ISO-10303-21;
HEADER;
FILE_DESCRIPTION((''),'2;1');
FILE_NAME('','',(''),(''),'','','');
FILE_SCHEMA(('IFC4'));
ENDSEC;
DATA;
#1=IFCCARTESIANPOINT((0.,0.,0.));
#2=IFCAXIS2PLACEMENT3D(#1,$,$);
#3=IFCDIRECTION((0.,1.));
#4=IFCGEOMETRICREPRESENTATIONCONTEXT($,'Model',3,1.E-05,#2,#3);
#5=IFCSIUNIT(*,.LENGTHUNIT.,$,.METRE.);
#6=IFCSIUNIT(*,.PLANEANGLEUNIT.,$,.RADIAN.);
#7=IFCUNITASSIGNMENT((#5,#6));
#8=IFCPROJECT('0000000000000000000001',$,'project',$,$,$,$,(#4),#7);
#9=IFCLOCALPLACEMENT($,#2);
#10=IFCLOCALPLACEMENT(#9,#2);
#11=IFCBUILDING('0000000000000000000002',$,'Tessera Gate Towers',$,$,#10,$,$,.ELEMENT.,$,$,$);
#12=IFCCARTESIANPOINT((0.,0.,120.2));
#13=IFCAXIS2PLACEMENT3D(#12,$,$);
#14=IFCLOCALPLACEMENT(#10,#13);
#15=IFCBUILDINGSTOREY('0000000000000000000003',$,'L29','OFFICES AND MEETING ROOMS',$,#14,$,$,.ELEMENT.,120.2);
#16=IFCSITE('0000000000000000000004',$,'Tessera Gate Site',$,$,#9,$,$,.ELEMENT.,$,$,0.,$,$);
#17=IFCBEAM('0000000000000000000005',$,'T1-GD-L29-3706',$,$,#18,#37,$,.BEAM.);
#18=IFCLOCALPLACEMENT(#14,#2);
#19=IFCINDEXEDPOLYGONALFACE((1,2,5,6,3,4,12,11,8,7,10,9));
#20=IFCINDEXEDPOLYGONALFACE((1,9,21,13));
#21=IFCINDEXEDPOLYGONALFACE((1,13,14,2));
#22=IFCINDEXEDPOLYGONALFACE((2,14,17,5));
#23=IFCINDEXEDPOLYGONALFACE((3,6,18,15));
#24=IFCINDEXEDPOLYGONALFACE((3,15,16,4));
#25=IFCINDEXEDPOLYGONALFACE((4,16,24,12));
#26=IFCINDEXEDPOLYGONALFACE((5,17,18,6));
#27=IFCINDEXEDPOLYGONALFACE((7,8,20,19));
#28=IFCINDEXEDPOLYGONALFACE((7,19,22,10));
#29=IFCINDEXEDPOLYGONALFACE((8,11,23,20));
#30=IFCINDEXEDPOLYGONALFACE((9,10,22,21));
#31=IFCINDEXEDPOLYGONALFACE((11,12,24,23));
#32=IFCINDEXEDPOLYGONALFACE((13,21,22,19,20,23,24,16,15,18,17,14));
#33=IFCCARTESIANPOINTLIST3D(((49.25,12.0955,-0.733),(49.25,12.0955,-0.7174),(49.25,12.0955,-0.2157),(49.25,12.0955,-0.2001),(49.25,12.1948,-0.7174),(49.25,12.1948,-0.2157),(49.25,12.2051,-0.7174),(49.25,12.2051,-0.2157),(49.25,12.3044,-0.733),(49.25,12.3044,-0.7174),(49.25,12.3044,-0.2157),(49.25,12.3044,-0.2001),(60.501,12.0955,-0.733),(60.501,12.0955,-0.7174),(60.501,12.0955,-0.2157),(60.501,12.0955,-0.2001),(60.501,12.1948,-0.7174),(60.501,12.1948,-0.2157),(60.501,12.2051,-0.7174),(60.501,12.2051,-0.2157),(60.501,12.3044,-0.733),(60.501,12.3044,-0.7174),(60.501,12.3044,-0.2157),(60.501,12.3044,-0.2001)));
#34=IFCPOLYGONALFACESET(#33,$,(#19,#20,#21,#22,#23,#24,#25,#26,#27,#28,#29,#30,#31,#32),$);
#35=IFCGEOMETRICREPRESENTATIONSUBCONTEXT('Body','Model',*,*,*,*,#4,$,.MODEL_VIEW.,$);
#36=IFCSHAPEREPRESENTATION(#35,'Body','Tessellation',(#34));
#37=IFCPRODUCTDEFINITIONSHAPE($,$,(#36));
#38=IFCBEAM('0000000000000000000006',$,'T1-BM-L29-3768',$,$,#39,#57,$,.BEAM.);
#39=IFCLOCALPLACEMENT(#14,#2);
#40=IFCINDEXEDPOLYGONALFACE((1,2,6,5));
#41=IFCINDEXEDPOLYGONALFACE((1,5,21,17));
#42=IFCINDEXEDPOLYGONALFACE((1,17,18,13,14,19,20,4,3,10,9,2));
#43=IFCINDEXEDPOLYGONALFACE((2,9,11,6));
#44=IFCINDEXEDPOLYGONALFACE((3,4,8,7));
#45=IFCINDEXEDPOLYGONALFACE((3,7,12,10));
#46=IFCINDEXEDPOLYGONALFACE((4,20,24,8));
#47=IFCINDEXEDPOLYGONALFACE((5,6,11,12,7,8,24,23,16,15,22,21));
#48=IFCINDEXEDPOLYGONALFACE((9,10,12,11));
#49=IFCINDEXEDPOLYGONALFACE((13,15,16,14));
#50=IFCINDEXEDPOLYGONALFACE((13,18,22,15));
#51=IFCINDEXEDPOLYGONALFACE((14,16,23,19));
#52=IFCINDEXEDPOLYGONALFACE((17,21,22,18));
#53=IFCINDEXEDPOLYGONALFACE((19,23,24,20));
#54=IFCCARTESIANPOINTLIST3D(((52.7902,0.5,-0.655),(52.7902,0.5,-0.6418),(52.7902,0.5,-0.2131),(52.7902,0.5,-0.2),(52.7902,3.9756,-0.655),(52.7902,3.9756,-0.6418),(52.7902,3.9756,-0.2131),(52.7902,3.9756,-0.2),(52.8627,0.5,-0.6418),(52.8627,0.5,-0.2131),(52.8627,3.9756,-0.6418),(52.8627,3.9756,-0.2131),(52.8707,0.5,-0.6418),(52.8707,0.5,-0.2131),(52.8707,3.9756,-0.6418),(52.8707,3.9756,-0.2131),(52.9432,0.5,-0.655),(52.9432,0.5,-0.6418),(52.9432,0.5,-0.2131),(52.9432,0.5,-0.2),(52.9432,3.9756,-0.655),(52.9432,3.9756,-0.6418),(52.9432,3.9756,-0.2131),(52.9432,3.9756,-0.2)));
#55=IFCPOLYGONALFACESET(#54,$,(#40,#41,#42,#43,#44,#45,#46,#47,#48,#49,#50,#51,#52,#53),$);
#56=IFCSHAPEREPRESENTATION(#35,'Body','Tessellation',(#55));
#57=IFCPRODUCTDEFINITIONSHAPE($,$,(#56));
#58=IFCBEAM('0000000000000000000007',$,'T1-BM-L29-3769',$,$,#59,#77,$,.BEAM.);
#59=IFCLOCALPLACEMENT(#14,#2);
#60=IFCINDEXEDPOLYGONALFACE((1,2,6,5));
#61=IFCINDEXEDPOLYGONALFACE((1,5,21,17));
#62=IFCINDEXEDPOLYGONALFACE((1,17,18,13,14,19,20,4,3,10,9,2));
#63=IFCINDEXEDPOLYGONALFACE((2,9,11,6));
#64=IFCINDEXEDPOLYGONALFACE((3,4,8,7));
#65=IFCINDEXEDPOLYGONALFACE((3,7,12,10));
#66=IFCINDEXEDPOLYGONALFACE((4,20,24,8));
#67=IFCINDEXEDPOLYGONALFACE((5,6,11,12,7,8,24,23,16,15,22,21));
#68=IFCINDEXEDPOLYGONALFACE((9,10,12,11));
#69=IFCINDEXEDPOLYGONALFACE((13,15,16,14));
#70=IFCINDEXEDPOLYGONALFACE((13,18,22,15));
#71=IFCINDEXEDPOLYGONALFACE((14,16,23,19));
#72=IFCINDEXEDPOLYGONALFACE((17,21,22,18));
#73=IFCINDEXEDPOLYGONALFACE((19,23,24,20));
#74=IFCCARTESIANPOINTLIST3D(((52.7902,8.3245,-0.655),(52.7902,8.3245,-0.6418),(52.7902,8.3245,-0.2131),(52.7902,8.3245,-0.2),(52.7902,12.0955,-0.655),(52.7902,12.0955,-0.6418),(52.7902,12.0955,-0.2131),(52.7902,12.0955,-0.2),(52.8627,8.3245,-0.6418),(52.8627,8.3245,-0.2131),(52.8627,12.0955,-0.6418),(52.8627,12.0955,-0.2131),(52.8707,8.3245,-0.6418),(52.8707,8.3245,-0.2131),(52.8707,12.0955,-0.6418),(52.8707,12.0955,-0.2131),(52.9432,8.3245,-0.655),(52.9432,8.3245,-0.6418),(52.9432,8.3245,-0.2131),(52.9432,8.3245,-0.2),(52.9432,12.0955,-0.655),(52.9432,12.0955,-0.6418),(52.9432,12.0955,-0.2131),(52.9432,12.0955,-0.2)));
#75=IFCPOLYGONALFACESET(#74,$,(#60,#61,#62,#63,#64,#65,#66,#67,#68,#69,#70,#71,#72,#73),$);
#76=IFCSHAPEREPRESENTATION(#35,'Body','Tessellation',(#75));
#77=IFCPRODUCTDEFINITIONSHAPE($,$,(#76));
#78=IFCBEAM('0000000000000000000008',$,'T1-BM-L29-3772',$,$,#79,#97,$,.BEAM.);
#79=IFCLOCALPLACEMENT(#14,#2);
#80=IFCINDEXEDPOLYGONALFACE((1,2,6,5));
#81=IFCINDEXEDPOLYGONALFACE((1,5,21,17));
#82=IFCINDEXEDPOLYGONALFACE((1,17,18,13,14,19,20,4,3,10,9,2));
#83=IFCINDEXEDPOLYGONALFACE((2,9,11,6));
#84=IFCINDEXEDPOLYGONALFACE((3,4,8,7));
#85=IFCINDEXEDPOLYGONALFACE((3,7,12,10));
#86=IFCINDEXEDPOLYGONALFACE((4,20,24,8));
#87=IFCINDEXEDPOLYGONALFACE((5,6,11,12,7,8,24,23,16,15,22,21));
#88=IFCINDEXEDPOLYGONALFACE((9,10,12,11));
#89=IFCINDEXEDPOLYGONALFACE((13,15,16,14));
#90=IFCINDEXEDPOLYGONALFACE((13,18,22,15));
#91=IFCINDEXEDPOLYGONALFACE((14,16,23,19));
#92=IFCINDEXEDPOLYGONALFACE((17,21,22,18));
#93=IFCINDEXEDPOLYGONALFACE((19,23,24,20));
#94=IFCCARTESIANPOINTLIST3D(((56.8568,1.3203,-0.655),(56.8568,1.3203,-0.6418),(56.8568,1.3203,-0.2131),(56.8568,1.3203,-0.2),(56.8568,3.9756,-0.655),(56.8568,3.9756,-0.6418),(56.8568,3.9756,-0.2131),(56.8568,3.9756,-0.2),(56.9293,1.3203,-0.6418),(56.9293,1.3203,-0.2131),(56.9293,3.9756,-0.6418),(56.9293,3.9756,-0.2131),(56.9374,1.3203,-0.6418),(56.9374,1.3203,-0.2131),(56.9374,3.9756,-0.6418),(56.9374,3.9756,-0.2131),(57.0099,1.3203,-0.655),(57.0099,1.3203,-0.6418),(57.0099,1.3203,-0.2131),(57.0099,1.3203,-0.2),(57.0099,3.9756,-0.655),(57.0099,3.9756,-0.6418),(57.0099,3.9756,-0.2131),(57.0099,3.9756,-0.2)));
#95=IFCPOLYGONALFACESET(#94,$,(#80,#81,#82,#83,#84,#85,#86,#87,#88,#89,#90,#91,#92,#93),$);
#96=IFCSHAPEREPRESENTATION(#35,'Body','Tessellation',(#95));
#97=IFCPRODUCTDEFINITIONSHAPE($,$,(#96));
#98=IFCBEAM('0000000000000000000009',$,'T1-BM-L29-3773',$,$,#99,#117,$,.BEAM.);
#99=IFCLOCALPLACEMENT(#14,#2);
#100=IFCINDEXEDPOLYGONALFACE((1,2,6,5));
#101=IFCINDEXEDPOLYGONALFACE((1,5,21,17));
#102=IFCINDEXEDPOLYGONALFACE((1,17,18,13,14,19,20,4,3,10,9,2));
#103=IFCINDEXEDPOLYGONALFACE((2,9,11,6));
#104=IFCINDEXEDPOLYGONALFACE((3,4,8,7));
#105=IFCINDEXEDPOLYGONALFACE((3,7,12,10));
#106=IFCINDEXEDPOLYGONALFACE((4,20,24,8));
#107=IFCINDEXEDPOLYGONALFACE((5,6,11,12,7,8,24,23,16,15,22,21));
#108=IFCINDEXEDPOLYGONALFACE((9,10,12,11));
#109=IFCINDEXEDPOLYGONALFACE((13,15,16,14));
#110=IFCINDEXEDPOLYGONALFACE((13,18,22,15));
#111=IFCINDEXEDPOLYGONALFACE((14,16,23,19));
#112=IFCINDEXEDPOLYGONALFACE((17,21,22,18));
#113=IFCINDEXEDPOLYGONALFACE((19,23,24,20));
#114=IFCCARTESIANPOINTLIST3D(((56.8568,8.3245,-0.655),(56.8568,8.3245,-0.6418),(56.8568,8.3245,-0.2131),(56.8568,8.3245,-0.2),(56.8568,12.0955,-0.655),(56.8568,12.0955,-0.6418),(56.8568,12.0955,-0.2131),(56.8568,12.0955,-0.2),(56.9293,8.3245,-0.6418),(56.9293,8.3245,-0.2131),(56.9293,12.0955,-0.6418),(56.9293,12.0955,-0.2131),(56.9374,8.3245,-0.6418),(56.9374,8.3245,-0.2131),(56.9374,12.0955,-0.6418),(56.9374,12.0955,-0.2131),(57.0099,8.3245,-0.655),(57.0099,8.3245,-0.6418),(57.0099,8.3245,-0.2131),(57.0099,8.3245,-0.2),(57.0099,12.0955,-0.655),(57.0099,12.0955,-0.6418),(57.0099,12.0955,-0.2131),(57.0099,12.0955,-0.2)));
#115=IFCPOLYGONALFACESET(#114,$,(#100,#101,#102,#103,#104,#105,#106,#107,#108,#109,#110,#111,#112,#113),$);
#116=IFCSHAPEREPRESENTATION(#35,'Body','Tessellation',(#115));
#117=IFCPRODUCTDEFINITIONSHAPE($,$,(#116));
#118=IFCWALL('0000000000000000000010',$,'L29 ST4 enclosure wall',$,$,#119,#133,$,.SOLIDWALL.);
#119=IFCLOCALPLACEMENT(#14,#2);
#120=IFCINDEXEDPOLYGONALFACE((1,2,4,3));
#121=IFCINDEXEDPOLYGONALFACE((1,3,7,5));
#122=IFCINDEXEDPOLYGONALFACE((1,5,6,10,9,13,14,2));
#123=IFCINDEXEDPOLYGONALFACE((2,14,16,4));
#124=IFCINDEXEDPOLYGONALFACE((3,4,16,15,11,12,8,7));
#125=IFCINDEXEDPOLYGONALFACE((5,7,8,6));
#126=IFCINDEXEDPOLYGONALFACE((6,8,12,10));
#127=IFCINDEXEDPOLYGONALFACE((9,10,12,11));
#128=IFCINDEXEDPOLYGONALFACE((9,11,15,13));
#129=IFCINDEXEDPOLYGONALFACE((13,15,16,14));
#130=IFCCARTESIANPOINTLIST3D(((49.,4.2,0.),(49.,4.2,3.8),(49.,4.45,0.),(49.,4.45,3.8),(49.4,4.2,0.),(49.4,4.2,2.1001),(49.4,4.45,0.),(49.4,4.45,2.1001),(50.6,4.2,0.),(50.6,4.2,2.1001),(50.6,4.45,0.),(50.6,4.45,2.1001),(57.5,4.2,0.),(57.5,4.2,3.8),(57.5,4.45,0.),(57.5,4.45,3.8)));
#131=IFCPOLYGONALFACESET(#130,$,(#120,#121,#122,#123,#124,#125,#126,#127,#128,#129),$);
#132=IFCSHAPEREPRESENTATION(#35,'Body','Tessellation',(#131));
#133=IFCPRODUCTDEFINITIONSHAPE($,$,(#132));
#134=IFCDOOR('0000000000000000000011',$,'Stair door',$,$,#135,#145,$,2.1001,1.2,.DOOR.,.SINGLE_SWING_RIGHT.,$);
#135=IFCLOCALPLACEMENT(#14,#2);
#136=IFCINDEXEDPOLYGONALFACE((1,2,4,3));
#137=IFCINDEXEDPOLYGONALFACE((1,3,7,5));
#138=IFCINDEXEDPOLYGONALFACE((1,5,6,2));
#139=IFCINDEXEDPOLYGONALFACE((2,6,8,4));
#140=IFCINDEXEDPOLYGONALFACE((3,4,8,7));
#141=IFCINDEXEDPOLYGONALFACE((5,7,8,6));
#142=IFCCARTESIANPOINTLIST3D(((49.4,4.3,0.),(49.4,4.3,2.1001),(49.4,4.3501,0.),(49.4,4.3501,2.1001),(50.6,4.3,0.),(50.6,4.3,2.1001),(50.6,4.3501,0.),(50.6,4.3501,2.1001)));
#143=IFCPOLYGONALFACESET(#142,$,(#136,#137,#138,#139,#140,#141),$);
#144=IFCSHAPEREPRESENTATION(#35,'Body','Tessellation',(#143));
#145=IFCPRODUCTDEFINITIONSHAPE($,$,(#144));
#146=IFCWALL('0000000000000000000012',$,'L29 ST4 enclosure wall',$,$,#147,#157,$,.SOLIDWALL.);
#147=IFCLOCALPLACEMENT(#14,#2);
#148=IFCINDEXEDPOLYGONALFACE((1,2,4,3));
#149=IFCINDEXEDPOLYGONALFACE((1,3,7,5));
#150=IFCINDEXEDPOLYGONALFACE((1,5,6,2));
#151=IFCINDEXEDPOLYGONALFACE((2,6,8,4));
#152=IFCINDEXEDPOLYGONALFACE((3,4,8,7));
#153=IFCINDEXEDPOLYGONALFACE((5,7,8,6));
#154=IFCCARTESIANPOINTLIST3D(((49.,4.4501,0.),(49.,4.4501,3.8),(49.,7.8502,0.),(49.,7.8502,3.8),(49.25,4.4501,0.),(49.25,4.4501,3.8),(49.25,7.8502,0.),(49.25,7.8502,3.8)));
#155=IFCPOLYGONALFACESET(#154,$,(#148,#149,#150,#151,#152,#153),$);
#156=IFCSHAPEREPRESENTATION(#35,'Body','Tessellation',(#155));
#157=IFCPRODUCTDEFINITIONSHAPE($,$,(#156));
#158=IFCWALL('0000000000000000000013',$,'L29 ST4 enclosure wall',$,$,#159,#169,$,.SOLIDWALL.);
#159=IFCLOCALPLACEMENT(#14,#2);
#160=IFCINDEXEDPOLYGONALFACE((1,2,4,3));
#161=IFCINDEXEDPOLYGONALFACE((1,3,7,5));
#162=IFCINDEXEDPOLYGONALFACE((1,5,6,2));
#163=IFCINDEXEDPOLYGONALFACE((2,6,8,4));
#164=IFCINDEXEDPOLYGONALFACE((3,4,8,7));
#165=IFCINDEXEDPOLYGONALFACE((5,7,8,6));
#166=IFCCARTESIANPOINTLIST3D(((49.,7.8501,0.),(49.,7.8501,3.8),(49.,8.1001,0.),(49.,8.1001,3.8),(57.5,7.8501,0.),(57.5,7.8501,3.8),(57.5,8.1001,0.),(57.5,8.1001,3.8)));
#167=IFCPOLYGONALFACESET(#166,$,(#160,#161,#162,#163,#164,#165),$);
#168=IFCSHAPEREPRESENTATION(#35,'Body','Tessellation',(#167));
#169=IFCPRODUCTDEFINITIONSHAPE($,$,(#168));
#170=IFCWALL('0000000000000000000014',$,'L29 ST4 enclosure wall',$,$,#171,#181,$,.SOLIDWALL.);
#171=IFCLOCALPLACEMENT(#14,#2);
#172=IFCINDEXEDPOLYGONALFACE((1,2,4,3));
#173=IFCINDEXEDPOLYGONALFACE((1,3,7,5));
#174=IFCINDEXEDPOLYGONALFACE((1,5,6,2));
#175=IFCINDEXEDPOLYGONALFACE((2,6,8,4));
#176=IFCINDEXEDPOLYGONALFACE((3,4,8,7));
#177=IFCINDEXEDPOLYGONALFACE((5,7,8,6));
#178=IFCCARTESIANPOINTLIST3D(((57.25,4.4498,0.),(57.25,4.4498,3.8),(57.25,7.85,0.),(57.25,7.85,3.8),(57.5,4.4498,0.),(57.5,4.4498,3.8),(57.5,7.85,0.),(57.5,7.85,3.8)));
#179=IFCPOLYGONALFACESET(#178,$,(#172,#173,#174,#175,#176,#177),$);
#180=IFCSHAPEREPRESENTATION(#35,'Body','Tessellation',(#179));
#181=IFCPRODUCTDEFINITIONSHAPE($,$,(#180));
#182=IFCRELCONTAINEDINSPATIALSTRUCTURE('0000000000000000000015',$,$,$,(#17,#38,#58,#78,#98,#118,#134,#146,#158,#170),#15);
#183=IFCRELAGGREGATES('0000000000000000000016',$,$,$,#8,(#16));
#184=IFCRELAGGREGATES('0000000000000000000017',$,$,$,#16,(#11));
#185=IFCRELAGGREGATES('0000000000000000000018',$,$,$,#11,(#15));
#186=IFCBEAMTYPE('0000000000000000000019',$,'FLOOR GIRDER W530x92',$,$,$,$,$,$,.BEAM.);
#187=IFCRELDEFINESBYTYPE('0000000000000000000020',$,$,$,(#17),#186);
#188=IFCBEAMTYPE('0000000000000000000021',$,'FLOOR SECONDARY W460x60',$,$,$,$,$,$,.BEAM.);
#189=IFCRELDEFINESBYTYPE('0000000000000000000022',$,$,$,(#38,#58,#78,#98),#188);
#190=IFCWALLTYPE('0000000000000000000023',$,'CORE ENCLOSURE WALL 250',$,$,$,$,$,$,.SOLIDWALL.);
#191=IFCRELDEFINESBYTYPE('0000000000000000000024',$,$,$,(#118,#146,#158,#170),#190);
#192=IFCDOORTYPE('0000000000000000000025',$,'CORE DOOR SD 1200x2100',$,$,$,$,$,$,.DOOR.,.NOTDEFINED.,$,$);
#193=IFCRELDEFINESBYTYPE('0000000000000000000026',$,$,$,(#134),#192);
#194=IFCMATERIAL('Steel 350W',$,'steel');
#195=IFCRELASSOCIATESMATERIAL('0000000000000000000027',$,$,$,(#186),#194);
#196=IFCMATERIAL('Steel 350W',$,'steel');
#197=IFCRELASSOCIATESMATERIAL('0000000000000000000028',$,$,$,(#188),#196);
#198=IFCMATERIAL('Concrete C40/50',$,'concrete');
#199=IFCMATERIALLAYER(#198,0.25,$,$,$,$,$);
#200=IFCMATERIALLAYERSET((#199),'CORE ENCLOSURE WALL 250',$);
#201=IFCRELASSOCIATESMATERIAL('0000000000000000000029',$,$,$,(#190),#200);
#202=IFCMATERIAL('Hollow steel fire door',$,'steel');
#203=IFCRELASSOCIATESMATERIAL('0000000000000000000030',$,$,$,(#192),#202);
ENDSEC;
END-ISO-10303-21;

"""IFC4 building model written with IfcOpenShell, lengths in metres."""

from ifc_helpers import new_model, si_unit, direction, frame, frame_2d, origin, origin_2d, place, context, subcontext, project, spatial, rectangle, i_section, extrude, source, transform, mapped, material, layer, layer_set, material_profile, profile_set, type_object, element, fill, save


model = new_model("IFC4")

# Units and contexts
model_context = context("Model", 3, precision=1e-05, world=origin(), true_north=direction((0.0, 1.0)))
body_context = subcontext(model_context, "Body", "Model", "MODEL_VIEW")
ifc_project = project(units=[si_unit("LENGTHUNIT", "METRE"), si_unit("PLANEANGLEUNIT", "RADIAN")], contexts=[model_context])

# Site, building, storey
site_placement = place(None, origin())
site = spatial("IfcSite", under=ifc_project, at=site_placement, Name="Tessera Gate Site", CompositionType="ELEMENT", RefElevation=0.0)
building_placement = place(site_placement, origin())
building = spatial("IfcBuilding", under=site, at=building_placement, Name="Tessera Gate Towers", CompositionType="ELEMENT")
storey_placement = place(building_placement, frame((0.0, 0.0, 120.2)))
storey = spatial("IfcBuildingStorey", under=building, at=storey_placement, Name="L29", Description="OFFICES AND MEETING ROOMS", CompositionType="ELEMENT", Elevation=120.2)

# Beams
ifc_material_1 = material(Name="Steel 350W", Category="steel")
ifc_material_profile_1 = material_profile(ifc_material_1, i_section(OverallWidth=0.209, OverallDepth=0.533, WebThickness=0.0103, FlangeThickness=0.0156, at=origin_2d()), Name="W530x92")
ifc_profile_set_1 = profile_set([ifc_material_profile_1], Name="Steel 350W")
beam_type_1 = type_object("IfcBeamType", Name="FLOOR GIRDER W530x92", PredefinedType="BEAM", material=ifc_profile_set_1)
beam_1_placement = place(storey_placement, frame((49.25, 12.2, -0.4666), z_axis=(1.0, 0.0, 0.0), x_axis=(0.0, 1.0, 0.0)))
element("IfcBeam", 1, at=beam_1_placement, inside=storey, type_object=beam_type_1, Name="T1-GD-L29-3706", PredefinedType="BEAM", context=body_context, shape_type="SweptSolid", body=[
    extrude(i_section(OverallWidth=0.209, OverallDepth=0.533, WebThickness=0.0103, FlangeThickness=0.0156, at=origin_2d()), origin(), (0.0, 0.0, 1.0), 11.251),
])
ifc_material_2 = material(Name="Steel 350W", Category="steel")
ifc_material_profile_2 = material_profile(ifc_material_2, i_section(OverallWidth=0.1531, OverallDepth=0.4551, WebThickness=0.0081, FlangeThickness=0.0132, at=origin_2d()), Name="W460x60")
ifc_profile_set_2 = profile_set([ifc_material_profile_2], Name="Steel 350W")
beam_type_2 = type_object("IfcBeamType", Name="FLOOR SECONDARY W460x60", PredefinedType="BEAM", material=ifc_profile_set_2)
beam_2_placement = place(storey_placement, frame((52.8667, 0.5, -0.4275), z_axis=(0.0, 1.0, 0.0), x_axis=(-1.0, 0.0, 0.0)))
element("IfcBeam", 2, at=beam_2_placement, inside=storey, type_object=beam_type_2, Name="T1-BM-L29-3768", PredefinedType="BEAM", context=body_context, shape_type="SweptSolid", body=[
    extrude(i_section(OverallWidth=0.1531, OverallDepth=0.4551, WebThickness=0.0081, FlangeThickness=0.0132, at=origin_2d()), origin(), (0.0, 0.0, 1.0), 3.4756),
])
beam_3_placement = place(storey_placement, frame((52.8667, 8.3245, -0.4275), z_axis=(0.0, 1.0, 0.0), x_axis=(-1.0, 0.0, 0.0)))
element("IfcBeam", 3, at=beam_3_placement, inside=storey, type_object=beam_type_2, Name="T1-BM-L29-3769", PredefinedType="BEAM", context=body_context, shape_type="SweptSolid", body=[
    extrude(i_section(OverallWidth=0.1531, OverallDepth=0.4551, WebThickness=0.0081, FlangeThickness=0.0132, at=origin_2d()), origin(), (0.0, 0.0, 1.0), 3.771),
])
beam_4_placement = place(storey_placement, frame((56.9333, 1.3203, -0.4275), z_axis=(0.0, 1.0, 0.0), x_axis=(-1.0, 0.0, 0.0)))
element("IfcBeam", 4, at=beam_4_placement, inside=storey, type_object=beam_type_2, Name="T1-BM-L29-3772", PredefinedType="BEAM", context=body_context, shape_type="SweptSolid", body=[
    extrude(i_section(OverallWidth=0.1531, OverallDepth=0.4551, WebThickness=0.0081, FlangeThickness=0.0132, at=origin_2d()), origin(), (0.0, 0.0, 1.0), 2.6553),
])
beam_5_placement = place(storey_placement, frame((56.9333, 8.3245, -0.4275), z_axis=(0.0, 1.0, 0.0), x_axis=(-1.0, 0.0, 0.0)))
element("IfcBeam", 5, at=beam_5_placement, inside=storey, type_object=beam_type_2, Name="T1-BM-L29-3773", PredefinedType="BEAM", context=body_context, shape_type="SweptSolid", body=[
    extrude(i_section(OverallWidth=0.1531, OverallDepth=0.4551, WebThickness=0.0081, FlangeThickness=0.0132, at=origin_2d()), origin(), (0.0, 0.0, 1.0), 3.771),
])

# Wall, opening, door
ifc_material_3 = material(Name="Concrete C40/50", Category="concrete")
ifc_layer_1 = layer(ifc_material_3, 0.25)
ifc_layer_set_1 = layer_set([ifc_layer_1], Name="CORE ENCLOSURE WALL 250")
wall_type_1 = type_object("IfcWallType", Name="CORE ENCLOSURE WALL 250", PredefinedType="SOLIDWALL", material=ifc_layer_set_1)
wall_1_placement = place(storey_placement, frame((57.5, 4.325, 0.0), z_axis=(0.0, 0.0, 1.0), x_axis=(-1.0, 0.0, 0.0)))
wall_1 = element("IfcWall", 6, at=wall_1_placement, inside=storey, type_object=wall_type_1, Name="L29 ST4 enclosure wall", PredefinedType="SOLIDWALL", context=body_context, shape_type="SweptSolid", body=[
    extrude(rectangle(XDim=8.5, YDim=0.25, at=frame_2d((4.25, 0.0))), origin(), (0.0, 0.0, 1.0), 3.8),
])
shared_shape_1 = source(origin(), body_context, "Body", "SweptSolid", [
    extrude(rectangle(XDim=1.2, YDim=2.1001, at=frame_2d((0.6001, 1.05))), frame((0.0, 0.135, 0.0), z_axis=(0.0, -1.0, 0.0), x_axis=(1.0, 0.0, 0.0)), (0.0, 0.0, 1.0), 0.27),
])
opening_1_placement = place(wall_1_placement, frame((6.8999, 0.0, 0.0)))
opening_1 = element("IfcOpeningElement", 7, at=opening_1_placement, cuts=wall_1, PredefinedType="OPENING", context=body_context, shape_type="MappedRepresentation", body=[
    mapped(shared_shape_1, transform((0.0, 0.0, 0.0), scale=1.0)),
])
ifc_material_4 = material(Name="Hollow steel fire door", Category="steel")
door_type = type_object("IfcDoorType", Name="CORE DOOR SD 1200x2100", OperationType="NOTDEFINED", PredefinedType="DOOR", material=ifc_material_4)
shared_shape_2 = source(origin(), body_context, "Body", "SweptSolid", [
    extrude(rectangle(XDim=1.2, YDim=2.1001, at=frame_2d((0.6001, 1.05))), frame((0.0, 0.0249, 0.0), z_axis=(0.0, -1.0, 0.0), x_axis=(1.0, 0.0, 0.0)), (0.0, 0.0, 1.0), 0.05),
])
door_placement = place(opening_1_placement, origin())
door = element("IfcDoor", 8, at=door_placement, inside=storey, type_object=door_type, Name="Stair door", OperationType="SINGLE_SWING_RIGHT", OverallHeight=2.1001, OverallWidth=1.2, PredefinedType="DOOR", context=body_context, shape_type="MappedRepresentation", body=[
    mapped(shared_shape_2, transform((0.0, 0.0, 0.0), scale=1.0)),
])
fill(opening_1, door)

# Walls
wall_2_placement = place(storey_placement, frame((49.125, 4.45, 0.0), z_axis=(0.0, 0.0, 1.0), x_axis=(0.0, 1.0, 0.0)))
element("IfcWall", 9, at=wall_2_placement, inside=storey, type_object=wall_type_1, Name="L29 ST4 enclosure wall", PredefinedType="SOLIDWALL", context=body_context, shape_type="SweptSolid", body=[
    extrude(rectangle(XDim=3.4001, YDim=0.25, at=frame_2d((1.7002, 0.0))), origin(), (0.0, 0.0, 1.0), 3.8),
])
wall_3_placement = place(storey_placement, frame((49.0, 7.9751, 0.0), z_axis=(0.0, 0.0, 1.0), x_axis=(1.0, 0.0, 0.0)))
element("IfcWall", 10, at=wall_3_placement, inside=storey, type_object=wall_type_1, Name="L29 ST4 enclosure wall", PredefinedType="SOLIDWALL", context=body_context, shape_type="SweptSolid", body=[
    extrude(rectangle(XDim=8.5, YDim=0.25, at=frame_2d((4.25, 0.0))), origin(), (0.0, 0.0, 1.0), 3.8),
])
wall_4_placement = place(storey_placement, frame((57.375, 7.8501, 0.0), z_axis=(0.0, 0.0, 1.0), x_axis=(0.0, -1.0, 0.0)))
element("IfcWall", 11, at=wall_4_placement, inside=storey, type_object=wall_type_1, Name="L29 ST4 enclosure wall", PredefinedType="SOLIDWALL", context=body_context, shape_type="SweptSolid", body=[
    extrude(rectangle(XDim=3.4001, YDim=0.25, at=frame_2d((1.7002, 0.0))), origin(), (0.0, 0.0, 1.0), 3.8),
])

save(model, "model.ifc")
